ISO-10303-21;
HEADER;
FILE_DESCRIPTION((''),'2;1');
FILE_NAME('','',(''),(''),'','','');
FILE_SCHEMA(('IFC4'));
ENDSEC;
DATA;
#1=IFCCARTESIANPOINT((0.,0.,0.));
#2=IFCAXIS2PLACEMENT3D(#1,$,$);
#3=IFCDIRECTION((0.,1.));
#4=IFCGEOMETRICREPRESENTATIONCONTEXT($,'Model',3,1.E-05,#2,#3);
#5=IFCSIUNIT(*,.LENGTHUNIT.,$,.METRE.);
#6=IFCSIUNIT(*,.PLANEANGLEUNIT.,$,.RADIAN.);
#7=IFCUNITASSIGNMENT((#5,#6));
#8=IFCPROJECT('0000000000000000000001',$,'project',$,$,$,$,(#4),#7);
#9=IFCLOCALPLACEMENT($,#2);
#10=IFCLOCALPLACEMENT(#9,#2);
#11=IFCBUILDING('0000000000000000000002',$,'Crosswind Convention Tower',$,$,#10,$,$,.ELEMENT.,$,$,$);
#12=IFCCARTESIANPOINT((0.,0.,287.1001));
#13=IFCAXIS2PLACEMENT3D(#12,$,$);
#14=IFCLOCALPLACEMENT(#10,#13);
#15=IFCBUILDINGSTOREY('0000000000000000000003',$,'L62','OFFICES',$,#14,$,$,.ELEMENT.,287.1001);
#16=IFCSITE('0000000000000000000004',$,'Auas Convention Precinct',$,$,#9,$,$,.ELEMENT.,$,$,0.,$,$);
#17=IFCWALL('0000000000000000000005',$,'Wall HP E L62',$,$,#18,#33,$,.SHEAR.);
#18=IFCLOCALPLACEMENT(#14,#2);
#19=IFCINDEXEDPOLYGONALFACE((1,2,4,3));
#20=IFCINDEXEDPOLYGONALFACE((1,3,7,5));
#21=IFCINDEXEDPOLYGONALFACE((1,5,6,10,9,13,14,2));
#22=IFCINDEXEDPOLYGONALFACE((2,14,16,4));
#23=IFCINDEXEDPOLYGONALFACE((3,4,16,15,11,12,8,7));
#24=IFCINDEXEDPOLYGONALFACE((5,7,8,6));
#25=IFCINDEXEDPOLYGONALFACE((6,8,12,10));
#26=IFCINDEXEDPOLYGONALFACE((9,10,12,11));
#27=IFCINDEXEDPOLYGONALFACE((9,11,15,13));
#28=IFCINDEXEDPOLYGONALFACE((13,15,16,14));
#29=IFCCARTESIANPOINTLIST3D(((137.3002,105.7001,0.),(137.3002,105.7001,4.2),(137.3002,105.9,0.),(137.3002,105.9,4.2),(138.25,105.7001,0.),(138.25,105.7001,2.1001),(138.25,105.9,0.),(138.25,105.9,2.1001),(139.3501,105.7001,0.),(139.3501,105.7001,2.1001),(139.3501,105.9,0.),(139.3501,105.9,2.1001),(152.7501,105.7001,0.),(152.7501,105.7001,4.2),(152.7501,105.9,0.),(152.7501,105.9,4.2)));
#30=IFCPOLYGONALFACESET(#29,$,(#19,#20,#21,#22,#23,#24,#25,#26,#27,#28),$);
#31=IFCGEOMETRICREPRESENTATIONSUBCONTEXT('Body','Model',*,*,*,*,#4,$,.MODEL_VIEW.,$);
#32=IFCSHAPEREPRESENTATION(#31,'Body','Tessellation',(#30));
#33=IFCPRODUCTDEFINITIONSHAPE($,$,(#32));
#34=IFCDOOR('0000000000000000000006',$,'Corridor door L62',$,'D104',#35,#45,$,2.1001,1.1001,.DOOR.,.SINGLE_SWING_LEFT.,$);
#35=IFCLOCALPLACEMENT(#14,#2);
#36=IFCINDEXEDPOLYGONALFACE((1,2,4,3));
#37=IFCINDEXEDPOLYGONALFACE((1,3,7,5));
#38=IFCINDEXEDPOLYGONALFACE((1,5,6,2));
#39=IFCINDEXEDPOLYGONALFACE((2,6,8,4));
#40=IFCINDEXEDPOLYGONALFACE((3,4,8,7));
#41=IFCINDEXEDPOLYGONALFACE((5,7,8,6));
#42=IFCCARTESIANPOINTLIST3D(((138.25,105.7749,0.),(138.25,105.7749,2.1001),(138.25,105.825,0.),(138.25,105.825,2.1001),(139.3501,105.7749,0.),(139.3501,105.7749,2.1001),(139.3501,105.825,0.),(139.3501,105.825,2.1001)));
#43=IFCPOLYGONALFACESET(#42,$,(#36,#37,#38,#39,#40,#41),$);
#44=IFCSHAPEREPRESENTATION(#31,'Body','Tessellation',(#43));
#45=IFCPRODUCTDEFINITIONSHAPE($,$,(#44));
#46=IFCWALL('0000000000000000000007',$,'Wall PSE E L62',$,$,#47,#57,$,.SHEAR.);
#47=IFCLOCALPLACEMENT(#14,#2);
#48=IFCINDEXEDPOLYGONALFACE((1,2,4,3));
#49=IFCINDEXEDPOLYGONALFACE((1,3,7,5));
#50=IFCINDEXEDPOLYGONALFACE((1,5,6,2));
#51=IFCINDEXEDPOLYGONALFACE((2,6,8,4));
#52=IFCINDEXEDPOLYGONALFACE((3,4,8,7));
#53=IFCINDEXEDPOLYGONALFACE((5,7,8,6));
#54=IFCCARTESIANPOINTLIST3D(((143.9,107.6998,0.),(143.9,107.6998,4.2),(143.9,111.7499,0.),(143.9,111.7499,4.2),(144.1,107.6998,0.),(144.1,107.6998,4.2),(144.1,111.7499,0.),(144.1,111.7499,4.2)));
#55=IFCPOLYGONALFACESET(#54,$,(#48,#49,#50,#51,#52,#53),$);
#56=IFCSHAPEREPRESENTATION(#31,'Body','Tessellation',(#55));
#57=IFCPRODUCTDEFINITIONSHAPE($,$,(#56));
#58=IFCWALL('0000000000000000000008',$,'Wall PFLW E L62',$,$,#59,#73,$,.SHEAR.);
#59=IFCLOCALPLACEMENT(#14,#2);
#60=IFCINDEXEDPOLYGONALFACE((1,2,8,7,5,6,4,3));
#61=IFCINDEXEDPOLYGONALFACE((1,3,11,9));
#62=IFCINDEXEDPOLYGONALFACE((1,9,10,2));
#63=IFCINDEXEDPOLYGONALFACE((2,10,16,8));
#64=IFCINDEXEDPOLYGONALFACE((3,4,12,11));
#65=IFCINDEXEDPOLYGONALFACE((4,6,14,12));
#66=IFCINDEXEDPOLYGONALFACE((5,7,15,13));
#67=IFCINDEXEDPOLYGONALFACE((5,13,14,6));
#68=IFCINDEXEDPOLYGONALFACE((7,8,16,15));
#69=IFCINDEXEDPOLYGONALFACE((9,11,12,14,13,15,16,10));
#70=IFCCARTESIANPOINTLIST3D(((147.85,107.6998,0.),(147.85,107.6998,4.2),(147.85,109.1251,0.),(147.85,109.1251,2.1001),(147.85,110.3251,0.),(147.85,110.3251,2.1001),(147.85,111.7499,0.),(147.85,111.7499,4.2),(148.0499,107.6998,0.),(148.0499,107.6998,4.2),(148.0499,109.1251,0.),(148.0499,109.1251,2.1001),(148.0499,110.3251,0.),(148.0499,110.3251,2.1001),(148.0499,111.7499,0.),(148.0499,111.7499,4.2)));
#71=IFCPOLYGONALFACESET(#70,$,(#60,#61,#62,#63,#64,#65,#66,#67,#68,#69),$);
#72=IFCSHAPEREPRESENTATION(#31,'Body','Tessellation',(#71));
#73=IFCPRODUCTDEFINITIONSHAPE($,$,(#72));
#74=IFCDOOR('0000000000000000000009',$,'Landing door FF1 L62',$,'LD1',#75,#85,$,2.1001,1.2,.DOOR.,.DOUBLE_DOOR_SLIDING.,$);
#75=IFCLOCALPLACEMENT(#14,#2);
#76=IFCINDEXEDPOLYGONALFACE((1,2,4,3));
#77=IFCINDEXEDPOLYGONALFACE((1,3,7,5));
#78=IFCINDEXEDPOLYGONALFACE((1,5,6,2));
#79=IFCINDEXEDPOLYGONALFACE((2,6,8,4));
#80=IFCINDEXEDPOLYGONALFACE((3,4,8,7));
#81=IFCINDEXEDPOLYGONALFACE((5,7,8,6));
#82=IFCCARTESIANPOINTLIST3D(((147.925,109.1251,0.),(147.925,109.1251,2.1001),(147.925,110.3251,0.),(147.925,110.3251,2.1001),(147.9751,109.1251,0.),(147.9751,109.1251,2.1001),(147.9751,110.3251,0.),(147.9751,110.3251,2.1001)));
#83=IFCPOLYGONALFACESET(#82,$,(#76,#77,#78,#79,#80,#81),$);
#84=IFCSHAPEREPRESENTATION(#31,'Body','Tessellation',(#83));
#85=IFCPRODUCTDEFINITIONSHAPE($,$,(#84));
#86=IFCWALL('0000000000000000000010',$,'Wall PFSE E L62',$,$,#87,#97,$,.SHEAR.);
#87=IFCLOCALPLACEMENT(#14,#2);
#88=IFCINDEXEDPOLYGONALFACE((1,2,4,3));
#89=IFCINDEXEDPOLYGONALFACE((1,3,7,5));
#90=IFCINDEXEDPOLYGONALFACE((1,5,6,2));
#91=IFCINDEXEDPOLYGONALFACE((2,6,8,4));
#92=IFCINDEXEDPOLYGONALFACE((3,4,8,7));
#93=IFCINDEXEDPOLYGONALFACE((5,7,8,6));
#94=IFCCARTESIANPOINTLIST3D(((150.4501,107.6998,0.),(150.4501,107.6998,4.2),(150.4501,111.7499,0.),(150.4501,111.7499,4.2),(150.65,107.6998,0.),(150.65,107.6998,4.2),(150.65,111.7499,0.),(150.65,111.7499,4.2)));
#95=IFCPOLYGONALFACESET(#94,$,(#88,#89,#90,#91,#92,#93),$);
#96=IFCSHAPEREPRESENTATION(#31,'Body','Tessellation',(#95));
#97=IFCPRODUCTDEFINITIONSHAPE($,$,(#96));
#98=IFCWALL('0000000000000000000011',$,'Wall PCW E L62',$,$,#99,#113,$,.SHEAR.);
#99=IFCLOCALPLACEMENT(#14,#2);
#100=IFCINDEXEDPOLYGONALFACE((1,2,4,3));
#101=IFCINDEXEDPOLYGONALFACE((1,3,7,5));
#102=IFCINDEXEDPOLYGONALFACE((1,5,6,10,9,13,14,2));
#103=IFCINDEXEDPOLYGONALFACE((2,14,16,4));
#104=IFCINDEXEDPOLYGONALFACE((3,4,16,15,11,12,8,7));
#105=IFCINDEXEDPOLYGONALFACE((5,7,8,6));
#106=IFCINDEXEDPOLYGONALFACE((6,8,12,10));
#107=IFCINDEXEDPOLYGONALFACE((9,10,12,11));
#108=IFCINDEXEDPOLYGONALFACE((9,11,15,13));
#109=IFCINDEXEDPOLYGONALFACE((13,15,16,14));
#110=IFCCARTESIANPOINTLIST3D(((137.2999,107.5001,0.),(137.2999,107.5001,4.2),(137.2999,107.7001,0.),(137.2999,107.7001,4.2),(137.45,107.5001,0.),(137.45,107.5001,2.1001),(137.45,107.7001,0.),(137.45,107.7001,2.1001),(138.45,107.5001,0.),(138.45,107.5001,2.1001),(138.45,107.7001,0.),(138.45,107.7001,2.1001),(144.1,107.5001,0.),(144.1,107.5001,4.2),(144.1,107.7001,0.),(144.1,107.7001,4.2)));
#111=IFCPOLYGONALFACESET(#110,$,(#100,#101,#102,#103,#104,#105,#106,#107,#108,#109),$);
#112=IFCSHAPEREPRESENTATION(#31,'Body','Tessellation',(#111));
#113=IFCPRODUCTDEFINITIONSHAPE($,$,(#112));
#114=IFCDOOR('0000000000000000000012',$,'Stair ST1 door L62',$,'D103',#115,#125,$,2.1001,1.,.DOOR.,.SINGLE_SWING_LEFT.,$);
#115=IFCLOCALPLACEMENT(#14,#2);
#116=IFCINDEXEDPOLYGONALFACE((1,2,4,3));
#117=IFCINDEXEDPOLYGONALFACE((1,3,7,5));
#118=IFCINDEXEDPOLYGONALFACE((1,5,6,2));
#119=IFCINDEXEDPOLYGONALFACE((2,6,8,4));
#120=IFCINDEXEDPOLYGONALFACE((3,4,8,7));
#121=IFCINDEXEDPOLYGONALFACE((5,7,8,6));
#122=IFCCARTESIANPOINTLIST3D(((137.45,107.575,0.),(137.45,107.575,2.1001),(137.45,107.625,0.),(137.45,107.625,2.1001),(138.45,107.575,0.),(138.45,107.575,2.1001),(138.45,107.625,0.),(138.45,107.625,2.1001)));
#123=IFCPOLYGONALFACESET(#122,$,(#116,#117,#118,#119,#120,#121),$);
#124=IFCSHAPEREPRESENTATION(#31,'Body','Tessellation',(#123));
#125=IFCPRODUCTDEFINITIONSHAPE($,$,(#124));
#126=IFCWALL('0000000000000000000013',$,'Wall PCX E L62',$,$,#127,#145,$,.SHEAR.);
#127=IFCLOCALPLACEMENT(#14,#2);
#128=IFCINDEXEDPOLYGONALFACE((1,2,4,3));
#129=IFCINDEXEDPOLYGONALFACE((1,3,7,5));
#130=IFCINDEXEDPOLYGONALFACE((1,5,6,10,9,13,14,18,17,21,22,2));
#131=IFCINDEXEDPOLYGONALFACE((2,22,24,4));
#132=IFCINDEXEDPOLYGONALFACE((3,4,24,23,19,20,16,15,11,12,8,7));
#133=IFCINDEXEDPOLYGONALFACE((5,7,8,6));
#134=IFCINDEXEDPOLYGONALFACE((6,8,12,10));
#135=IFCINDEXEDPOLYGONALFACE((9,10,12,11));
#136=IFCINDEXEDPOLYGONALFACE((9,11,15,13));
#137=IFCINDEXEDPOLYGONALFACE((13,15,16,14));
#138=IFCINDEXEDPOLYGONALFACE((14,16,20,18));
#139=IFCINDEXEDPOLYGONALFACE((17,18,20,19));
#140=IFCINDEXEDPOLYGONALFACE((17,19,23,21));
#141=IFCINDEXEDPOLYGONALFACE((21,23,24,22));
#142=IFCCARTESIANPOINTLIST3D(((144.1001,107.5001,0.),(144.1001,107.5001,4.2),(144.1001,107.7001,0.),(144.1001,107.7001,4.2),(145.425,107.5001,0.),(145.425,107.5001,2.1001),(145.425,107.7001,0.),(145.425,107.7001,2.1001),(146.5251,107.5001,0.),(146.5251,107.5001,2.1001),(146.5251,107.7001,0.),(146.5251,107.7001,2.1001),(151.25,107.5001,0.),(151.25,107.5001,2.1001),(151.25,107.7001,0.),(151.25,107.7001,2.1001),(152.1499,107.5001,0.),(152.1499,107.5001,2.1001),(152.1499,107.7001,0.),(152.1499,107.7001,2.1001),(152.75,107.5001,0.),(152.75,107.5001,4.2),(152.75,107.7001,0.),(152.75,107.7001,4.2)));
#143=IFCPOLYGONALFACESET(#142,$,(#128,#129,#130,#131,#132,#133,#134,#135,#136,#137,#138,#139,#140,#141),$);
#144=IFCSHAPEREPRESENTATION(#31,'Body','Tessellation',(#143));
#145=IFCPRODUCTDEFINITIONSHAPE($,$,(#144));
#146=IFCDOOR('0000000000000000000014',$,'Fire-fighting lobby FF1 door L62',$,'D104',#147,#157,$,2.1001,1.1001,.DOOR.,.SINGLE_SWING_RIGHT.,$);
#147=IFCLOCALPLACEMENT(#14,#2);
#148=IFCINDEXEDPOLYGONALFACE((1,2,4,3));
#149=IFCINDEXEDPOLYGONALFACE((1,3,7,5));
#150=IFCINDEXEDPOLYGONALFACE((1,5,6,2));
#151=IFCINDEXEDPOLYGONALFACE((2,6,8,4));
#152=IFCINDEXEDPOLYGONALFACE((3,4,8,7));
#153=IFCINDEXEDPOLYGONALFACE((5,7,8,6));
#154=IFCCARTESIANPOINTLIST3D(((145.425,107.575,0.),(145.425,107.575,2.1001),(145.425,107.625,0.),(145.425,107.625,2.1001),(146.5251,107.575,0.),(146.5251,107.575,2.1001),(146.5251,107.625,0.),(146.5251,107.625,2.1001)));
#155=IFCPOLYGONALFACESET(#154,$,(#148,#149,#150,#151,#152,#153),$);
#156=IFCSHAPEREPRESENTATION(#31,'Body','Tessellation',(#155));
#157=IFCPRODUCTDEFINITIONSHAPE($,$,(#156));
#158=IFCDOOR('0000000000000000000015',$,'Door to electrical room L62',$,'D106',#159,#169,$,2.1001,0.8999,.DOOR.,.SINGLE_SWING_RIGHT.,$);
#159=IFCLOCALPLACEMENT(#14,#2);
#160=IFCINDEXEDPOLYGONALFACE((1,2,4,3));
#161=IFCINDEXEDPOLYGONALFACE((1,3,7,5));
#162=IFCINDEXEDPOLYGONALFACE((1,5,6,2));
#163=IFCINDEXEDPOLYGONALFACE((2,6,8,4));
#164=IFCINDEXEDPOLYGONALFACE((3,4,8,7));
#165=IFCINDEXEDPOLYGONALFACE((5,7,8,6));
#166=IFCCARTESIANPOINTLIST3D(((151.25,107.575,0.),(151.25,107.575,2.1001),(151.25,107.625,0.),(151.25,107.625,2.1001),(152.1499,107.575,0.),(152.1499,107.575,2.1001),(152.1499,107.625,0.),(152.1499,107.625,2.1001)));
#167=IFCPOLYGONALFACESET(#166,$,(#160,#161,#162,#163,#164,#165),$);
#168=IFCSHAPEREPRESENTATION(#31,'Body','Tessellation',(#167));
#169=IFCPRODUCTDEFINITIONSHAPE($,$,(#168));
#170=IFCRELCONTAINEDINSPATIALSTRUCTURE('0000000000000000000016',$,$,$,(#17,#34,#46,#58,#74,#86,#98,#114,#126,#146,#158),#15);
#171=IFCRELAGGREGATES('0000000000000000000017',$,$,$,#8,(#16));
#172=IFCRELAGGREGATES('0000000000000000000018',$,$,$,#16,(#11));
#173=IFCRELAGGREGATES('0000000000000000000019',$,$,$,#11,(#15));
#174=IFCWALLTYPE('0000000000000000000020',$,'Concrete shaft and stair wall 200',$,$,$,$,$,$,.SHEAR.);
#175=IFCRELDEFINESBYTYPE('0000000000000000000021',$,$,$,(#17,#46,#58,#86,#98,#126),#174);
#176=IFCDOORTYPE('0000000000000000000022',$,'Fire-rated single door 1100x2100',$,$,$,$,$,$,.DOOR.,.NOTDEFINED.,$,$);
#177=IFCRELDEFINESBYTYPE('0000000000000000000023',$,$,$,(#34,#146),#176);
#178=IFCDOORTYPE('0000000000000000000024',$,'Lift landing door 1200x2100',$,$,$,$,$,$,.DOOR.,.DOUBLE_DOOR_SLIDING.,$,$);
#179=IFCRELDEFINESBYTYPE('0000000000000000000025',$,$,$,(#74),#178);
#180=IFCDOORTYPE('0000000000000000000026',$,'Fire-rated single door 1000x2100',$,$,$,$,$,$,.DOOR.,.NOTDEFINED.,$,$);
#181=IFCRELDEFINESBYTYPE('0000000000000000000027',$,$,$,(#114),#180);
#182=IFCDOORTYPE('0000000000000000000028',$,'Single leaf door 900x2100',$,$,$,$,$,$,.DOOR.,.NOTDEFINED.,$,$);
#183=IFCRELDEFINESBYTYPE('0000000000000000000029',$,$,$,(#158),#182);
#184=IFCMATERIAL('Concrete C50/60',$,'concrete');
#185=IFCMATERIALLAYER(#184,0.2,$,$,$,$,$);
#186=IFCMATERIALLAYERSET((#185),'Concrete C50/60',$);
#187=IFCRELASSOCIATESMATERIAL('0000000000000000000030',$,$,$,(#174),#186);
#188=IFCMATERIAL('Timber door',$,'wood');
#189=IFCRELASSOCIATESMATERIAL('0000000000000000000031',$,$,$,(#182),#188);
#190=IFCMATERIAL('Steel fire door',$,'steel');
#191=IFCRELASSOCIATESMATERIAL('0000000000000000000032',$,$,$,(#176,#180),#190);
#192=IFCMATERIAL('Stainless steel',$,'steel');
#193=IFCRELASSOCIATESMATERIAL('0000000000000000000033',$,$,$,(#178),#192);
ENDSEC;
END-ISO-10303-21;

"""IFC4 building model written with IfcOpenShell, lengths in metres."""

from ifc_helpers import new_model, si_unit, direction, frame, frame_2d, origin, place, context, subcontext, project, spatial, rectangle, extrude, material, layer, layer_set, type_object, element, fill, save


model = new_model("IFC4")

# Units and contexts
model_context = context("Model", 3, precision=1e-05, world=origin(), true_north=direction((0.0, 1.0)))
body_context = subcontext(model_context, "Body", "Model", "MODEL_VIEW")
ifc_project = project(units=[si_unit("LENGTHUNIT", "METRE"), si_unit("PLANEANGLEUNIT", "RADIAN")], contexts=[model_context])

# Site, building, storey
site_placement = place(None, origin())
site = spatial("IfcSite", under=ifc_project, at=site_placement, Name="Auas Convention Precinct", CompositionType="ELEMENT", RefElevation=0.0)
building_placement = place(site_placement, origin())
building = spatial("IfcBuilding", under=site, at=building_placement, Name="Crosswind Convention Tower", CompositionType="ELEMENT")
storey_placement = place(building_placement, frame((0.0, 0.0, 287.1001)))
storey = spatial("IfcBuildingStorey", under=building, at=storey_placement, Name="L62", Description="OFFICES", CompositionType="ELEMENT", Elevation=287.1001)

# Shared definitions
ifc_material_1 = material(Name="Concrete C50/60", Category="concrete")
ifc_layer_1 = layer(ifc_material_1, 0.2)
ifc_layer_set_1 = layer_set([ifc_layer_1], Name="Concrete C50/60")
wall_type_1 = type_object("IfcWallType", Name="Concrete shaft and stair wall 200", PredefinedType="SHEAR", material=ifc_layer_set_1)

# Shared definitions
ifc_material_2 = material(Name="Timber door", Category="wood")
door_type_1 = type_object("IfcDoorType", Name="Single leaf door 900x2100", OperationType="NOTDEFINED", PredefinedType="DOOR", material=ifc_material_2)

# Wall, opening, door
wall_1_placement = place(storey_placement, frame((137.3, 105.8, 0.0), z_axis=(0.0, 0.0, 1.0), x_axis=(1.0, 0.0, 0.0)))
wall_1 = element("IfcWall", 1, at=wall_1_placement, inside=storey, type_object=wall_type_1, Name="Wall HP E L62", PredefinedType="SHEAR", context=body_context, shape_type="SweptSolid", body=[
    extrude(rectangle(XDim=15.45, YDim=0.2, at=frame_2d((7.7251, 0.0))), origin(), (0.0, 0.0, 1.0), 4.2),
])
opening_1_placement = place(wall_1_placement, frame((0.95, 0.0, 0.0)))
opening_1 = element("IfcOpeningElement", 2, at=opening_1_placement, cuts=wall_1, PredefinedType="OPENING", context=body_context, shape_type="SweptSolid", body=[
    extrude(rectangle(XDim=1.1001, YDim=2.1001, at=frame_2d((0.55, 1.05))), frame((0.0, 0.1099, 0.0), z_axis=(0.0, -1.0, 0.0), x_axis=(1.0, 0.0, 0.0)), (0.0, 0.0, 1.0), 0.22),
])
ifc_material_3 = material(Name="Steel fire door", Category="steel")
door_type_2 = type_object("IfcDoorType", Name="Fire-rated single door 1100x2100", OperationType="NOTDEFINED", PredefinedType="DOOR", material=ifc_material_3)
door_1_placement = place(opening_1_placement, origin())
door_1 = element("IfcDoor", 3, at=door_1_placement, inside=storey, type_object=door_type_2, Name="Corridor door L62", ObjectType="D104", OperationType="SINGLE_SWING_LEFT", OverallHeight=2.1001, OverallWidth=1.1001, PredefinedType="DOOR", context=body_context, shape_type="SweptSolid", body=[
    extrude(rectangle(XDim=1.1001, YDim=2.1001, at=frame_2d((0.55, 1.05))), frame((0.0, 0.0249, 0.0), z_axis=(0.0, -1.0, 0.0), x_axis=(1.0, 0.0, 0.0)), (0.0, 0.0, 1.0), 0.05),
])
fill(opening_1, door_1)

# Wall
wall_2_placement = place(storey_placement, frame((144.0, 107.7, 0.0), z_axis=(0.0, 0.0, 1.0), x_axis=(0.0, 1.0, 0.0)))
element("IfcWall", 4, at=wall_2_placement, inside=storey, type_object=wall_type_1, Name="Wall PSE E L62", PredefinedType="SHEAR", context=body_context, shape_type="SweptSolid", body=[
    extrude(rectangle(XDim=4.05, YDim=0.2, at=frame_2d((2.0249, 0.0))), origin(), (0.0, 0.0, 1.0), 4.2),
])

# Wall, opening, door
wall_3_placement = place(storey_placement, frame((147.95, 107.7, 0.0), z_axis=(0.0, 0.0, 1.0), x_axis=(0.0, 1.0, 0.0)))
wall_3 = element("IfcWall", 5, at=wall_3_placement, inside=storey, type_object=wall_type_1, Name="Wall PFLW E L62", PredefinedType="SHEAR", context=body_context, shape_type="SweptSolid", body=[
    extrude(rectangle(XDim=4.05, YDim=0.2, at=frame_2d((2.0249, 0.0))), origin(), (0.0, 0.0, 1.0), 4.2),
])
opening_2_placement = place(wall_3_placement, frame((1.425, 0.0, 0.0)))
opening_2 = element("IfcOpeningElement", 6, at=opening_2_placement, cuts=wall_3, PredefinedType="OPENING", context=body_context, shape_type="SweptSolid", body=[
    extrude(rectangle(XDim=1.2, YDim=2.1001, at=frame_2d((0.6001, 1.05))), frame((0.0, 0.1099, 0.0), z_axis=(0.0, -1.0, 0.0), x_axis=(1.0, 0.0, 0.0)), (0.0, 0.0, 1.0), 0.22),
])
ifc_material_4 = material(Name="Stainless steel", Category="steel")
door_type_3 = type_object("IfcDoorType", Name="Lift landing door 1200x2100", OperationType="DOUBLE_DOOR_SLIDING", PredefinedType="DOOR", material=ifc_material_4)
door_2_placement = place(opening_2_placement, origin())
door_2 = element("IfcDoor", 7, at=door_2_placement, inside=storey, type_object=door_type_3, Name="Landing door FF1 L62", ObjectType="LD1", OperationType="DOUBLE_DOOR_SLIDING", OverallHeight=2.1001, OverallWidth=1.2, PredefinedType="DOOR", context=body_context, shape_type="SweptSolid", body=[
    extrude(rectangle(XDim=1.2, YDim=2.1001, at=frame_2d((0.6001, 1.05))), frame((0.0, 0.0249, 0.0), z_axis=(0.0, -1.0, 0.0), x_axis=(1.0, 0.0, 0.0)), (0.0, 0.0, 1.0), 0.05),
])
fill(opening_2, door_2)

# Wall
wall_4_placement = place(storey_placement, frame((150.55, 107.7, 0.0), z_axis=(0.0, 0.0, 1.0), x_axis=(0.0, 1.0, 0.0)))
element("IfcWall", 8, at=wall_4_placement, inside=storey, type_object=wall_type_1, Name="Wall PFSE E L62", PredefinedType="SHEAR", context=body_context, shape_type="SweptSolid", body=[
    extrude(rectangle(XDim=4.05, YDim=0.2, at=frame_2d((2.0249, 0.0))), origin(), (0.0, 0.0, 1.0), 4.2),
])

# Wall, opening, door
wall_5_placement = place(storey_placement, frame((137.3, 107.6001, 0.0), z_axis=(0.0, 0.0, 1.0), x_axis=(1.0, 0.0, 0.0)))
wall_5 = element("IfcWall", 9, at=wall_5_placement, inside=storey, type_object=wall_type_1, Name="Wall PCW E L62", PredefinedType="SHEAR", context=body_context, shape_type="SweptSolid", body=[
    extrude(rectangle(XDim=6.8, YDim=0.2, at=frame_2d((3.3999, 0.0))), origin(), (0.0, 0.0, 1.0), 4.2),
])
opening_3_placement = place(wall_5_placement, frame((0.1499, 0.0, 0.0)))
opening_3 = element("IfcOpeningElement", 10, at=opening_3_placement, cuts=wall_5, PredefinedType="OPENING", context=body_context, shape_type="SweptSolid", body=[
    extrude(rectangle(XDim=1.0, YDim=2.1001, at=frame_2d((0.5, 1.05))), frame((0.0, 0.1099, 0.0), z_axis=(0.0, -1.0, 0.0), x_axis=(1.0, 0.0, 0.0)), (0.0, 0.0, 1.0), 0.22),
])
door_type_4 = type_object("IfcDoorType", Name="Fire-rated single door 1000x2100", OperationType="NOTDEFINED", PredefinedType="DOOR", material=ifc_material_3)
door_3_placement = place(opening_3_placement, origin())
door_3 = element("IfcDoor", 11, at=door_3_placement, inside=storey, type_object=door_type_4, Name="Stair ST1 door L62", ObjectType="D103", OperationType="SINGLE_SWING_LEFT", OverallHeight=2.1001, OverallWidth=1.0, PredefinedType="DOOR", context=body_context, shape_type="SweptSolid", body=[
    extrude(rectangle(XDim=1.0, YDim=2.1001, at=frame_2d((0.5, 1.05))), frame((0.0, 0.0249, 0.0), z_axis=(0.0, -1.0, 0.0), x_axis=(1.0, 0.0, 0.0)), (0.0, 0.0, 1.0), 0.05),
])
fill(opening_3, door_3)

# Wall, openings, doors
wall_6_placement = place(storey_placement, frame((144.1001, 107.6001, 0.0), z_axis=(0.0, 0.0, 1.0), x_axis=(1.0, 0.0, 0.0)))
wall_6 = element("IfcWall", 12, at=wall_6_placement, inside=storey, type_object=wall_type_1, Name="Wall PCX E L62", PredefinedType="SHEAR", context=body_context, shape_type="SweptSolid", body=[
    extrude(rectangle(XDim=8.6499, YDim=0.2, at=frame_2d((4.325, 0.0))), origin(), (0.0, 0.0, 1.0), 4.2),
])
opening_4_placement = place(wall_6_placement, frame((1.325, 0.0, 0.0)))
opening_4 = element("IfcOpeningElement", 13, at=opening_4_placement, cuts=wall_6, PredefinedType="OPENING", context=body_context, shape_type="SweptSolid", body=[
    extrude(rectangle(XDim=1.1001, YDim=2.1001, at=frame_2d((0.55, 1.05))), frame((0.0, 0.1099, 0.0), z_axis=(0.0, -1.0, 0.0), x_axis=(1.0, 0.0, 0.0)), (0.0, 0.0, 1.0), 0.22),
])
opening_5_placement = place(wall_6_placement, frame((7.1499, 0.0, 0.0)))
opening_5 = element("IfcOpeningElement", 14, at=opening_5_placement, cuts=wall_6, PredefinedType="OPENING", context=body_context, shape_type="SweptSolid", body=[
    extrude(rectangle(XDim=0.8999, YDim=2.1001, at=frame_2d((0.45, 1.05))), frame((0.0, 0.1099, 0.0), z_axis=(0.0, -1.0, 0.0), x_axis=(1.0, 0.0, 0.0)), (0.0, 0.0, 1.0), 0.22),
])
door_4_placement = place(opening_4_placement, origin())
door_4 = element("IfcDoor", 15, at=door_4_placement, inside=storey, type_object=door_type_2, Name="Fire-fighting lobby FF1 door L62", ObjectType="D104", OperationType="SINGLE_SWING_RIGHT", OverallHeight=2.1001, OverallWidth=1.1001, PredefinedType="DOOR", context=body_context, shape_type="SweptSolid", body=[
    extrude(rectangle(XDim=1.1001, YDim=2.1001, at=frame_2d((0.55, 1.05))), frame((0.0, 0.0249, 0.0), z_axis=(0.0, -1.0, 0.0), x_axis=(1.0, 0.0, 0.0)), (0.0, 0.0, 1.0), 0.05),
])
fill(opening_4, door_4)
door_5_placement = place(opening_5_placement, origin())
door_5 = element("IfcDoor", 16, at=door_5_placement, inside=storey, type_object=door_type_1, Name="Door to electrical room L62", ObjectType="D106", OperationType="SINGLE_SWING_RIGHT", OverallHeight=2.1001, OverallWidth=0.8999, PredefinedType="DOOR", context=body_context, shape_type="SweptSolid", body=[
    extrude(rectangle(XDim=0.8999, YDim=2.1001, at=frame_2d((0.45, 1.05))), frame((0.0, 0.0249, 0.0), z_axis=(0.0, -1.0, 0.0), x_axis=(1.0, 0.0, 0.0)), (0.0, 0.0, 1.0), 0.05),
])
fill(opening_5, door_5)

save(model, "model.ifc")
